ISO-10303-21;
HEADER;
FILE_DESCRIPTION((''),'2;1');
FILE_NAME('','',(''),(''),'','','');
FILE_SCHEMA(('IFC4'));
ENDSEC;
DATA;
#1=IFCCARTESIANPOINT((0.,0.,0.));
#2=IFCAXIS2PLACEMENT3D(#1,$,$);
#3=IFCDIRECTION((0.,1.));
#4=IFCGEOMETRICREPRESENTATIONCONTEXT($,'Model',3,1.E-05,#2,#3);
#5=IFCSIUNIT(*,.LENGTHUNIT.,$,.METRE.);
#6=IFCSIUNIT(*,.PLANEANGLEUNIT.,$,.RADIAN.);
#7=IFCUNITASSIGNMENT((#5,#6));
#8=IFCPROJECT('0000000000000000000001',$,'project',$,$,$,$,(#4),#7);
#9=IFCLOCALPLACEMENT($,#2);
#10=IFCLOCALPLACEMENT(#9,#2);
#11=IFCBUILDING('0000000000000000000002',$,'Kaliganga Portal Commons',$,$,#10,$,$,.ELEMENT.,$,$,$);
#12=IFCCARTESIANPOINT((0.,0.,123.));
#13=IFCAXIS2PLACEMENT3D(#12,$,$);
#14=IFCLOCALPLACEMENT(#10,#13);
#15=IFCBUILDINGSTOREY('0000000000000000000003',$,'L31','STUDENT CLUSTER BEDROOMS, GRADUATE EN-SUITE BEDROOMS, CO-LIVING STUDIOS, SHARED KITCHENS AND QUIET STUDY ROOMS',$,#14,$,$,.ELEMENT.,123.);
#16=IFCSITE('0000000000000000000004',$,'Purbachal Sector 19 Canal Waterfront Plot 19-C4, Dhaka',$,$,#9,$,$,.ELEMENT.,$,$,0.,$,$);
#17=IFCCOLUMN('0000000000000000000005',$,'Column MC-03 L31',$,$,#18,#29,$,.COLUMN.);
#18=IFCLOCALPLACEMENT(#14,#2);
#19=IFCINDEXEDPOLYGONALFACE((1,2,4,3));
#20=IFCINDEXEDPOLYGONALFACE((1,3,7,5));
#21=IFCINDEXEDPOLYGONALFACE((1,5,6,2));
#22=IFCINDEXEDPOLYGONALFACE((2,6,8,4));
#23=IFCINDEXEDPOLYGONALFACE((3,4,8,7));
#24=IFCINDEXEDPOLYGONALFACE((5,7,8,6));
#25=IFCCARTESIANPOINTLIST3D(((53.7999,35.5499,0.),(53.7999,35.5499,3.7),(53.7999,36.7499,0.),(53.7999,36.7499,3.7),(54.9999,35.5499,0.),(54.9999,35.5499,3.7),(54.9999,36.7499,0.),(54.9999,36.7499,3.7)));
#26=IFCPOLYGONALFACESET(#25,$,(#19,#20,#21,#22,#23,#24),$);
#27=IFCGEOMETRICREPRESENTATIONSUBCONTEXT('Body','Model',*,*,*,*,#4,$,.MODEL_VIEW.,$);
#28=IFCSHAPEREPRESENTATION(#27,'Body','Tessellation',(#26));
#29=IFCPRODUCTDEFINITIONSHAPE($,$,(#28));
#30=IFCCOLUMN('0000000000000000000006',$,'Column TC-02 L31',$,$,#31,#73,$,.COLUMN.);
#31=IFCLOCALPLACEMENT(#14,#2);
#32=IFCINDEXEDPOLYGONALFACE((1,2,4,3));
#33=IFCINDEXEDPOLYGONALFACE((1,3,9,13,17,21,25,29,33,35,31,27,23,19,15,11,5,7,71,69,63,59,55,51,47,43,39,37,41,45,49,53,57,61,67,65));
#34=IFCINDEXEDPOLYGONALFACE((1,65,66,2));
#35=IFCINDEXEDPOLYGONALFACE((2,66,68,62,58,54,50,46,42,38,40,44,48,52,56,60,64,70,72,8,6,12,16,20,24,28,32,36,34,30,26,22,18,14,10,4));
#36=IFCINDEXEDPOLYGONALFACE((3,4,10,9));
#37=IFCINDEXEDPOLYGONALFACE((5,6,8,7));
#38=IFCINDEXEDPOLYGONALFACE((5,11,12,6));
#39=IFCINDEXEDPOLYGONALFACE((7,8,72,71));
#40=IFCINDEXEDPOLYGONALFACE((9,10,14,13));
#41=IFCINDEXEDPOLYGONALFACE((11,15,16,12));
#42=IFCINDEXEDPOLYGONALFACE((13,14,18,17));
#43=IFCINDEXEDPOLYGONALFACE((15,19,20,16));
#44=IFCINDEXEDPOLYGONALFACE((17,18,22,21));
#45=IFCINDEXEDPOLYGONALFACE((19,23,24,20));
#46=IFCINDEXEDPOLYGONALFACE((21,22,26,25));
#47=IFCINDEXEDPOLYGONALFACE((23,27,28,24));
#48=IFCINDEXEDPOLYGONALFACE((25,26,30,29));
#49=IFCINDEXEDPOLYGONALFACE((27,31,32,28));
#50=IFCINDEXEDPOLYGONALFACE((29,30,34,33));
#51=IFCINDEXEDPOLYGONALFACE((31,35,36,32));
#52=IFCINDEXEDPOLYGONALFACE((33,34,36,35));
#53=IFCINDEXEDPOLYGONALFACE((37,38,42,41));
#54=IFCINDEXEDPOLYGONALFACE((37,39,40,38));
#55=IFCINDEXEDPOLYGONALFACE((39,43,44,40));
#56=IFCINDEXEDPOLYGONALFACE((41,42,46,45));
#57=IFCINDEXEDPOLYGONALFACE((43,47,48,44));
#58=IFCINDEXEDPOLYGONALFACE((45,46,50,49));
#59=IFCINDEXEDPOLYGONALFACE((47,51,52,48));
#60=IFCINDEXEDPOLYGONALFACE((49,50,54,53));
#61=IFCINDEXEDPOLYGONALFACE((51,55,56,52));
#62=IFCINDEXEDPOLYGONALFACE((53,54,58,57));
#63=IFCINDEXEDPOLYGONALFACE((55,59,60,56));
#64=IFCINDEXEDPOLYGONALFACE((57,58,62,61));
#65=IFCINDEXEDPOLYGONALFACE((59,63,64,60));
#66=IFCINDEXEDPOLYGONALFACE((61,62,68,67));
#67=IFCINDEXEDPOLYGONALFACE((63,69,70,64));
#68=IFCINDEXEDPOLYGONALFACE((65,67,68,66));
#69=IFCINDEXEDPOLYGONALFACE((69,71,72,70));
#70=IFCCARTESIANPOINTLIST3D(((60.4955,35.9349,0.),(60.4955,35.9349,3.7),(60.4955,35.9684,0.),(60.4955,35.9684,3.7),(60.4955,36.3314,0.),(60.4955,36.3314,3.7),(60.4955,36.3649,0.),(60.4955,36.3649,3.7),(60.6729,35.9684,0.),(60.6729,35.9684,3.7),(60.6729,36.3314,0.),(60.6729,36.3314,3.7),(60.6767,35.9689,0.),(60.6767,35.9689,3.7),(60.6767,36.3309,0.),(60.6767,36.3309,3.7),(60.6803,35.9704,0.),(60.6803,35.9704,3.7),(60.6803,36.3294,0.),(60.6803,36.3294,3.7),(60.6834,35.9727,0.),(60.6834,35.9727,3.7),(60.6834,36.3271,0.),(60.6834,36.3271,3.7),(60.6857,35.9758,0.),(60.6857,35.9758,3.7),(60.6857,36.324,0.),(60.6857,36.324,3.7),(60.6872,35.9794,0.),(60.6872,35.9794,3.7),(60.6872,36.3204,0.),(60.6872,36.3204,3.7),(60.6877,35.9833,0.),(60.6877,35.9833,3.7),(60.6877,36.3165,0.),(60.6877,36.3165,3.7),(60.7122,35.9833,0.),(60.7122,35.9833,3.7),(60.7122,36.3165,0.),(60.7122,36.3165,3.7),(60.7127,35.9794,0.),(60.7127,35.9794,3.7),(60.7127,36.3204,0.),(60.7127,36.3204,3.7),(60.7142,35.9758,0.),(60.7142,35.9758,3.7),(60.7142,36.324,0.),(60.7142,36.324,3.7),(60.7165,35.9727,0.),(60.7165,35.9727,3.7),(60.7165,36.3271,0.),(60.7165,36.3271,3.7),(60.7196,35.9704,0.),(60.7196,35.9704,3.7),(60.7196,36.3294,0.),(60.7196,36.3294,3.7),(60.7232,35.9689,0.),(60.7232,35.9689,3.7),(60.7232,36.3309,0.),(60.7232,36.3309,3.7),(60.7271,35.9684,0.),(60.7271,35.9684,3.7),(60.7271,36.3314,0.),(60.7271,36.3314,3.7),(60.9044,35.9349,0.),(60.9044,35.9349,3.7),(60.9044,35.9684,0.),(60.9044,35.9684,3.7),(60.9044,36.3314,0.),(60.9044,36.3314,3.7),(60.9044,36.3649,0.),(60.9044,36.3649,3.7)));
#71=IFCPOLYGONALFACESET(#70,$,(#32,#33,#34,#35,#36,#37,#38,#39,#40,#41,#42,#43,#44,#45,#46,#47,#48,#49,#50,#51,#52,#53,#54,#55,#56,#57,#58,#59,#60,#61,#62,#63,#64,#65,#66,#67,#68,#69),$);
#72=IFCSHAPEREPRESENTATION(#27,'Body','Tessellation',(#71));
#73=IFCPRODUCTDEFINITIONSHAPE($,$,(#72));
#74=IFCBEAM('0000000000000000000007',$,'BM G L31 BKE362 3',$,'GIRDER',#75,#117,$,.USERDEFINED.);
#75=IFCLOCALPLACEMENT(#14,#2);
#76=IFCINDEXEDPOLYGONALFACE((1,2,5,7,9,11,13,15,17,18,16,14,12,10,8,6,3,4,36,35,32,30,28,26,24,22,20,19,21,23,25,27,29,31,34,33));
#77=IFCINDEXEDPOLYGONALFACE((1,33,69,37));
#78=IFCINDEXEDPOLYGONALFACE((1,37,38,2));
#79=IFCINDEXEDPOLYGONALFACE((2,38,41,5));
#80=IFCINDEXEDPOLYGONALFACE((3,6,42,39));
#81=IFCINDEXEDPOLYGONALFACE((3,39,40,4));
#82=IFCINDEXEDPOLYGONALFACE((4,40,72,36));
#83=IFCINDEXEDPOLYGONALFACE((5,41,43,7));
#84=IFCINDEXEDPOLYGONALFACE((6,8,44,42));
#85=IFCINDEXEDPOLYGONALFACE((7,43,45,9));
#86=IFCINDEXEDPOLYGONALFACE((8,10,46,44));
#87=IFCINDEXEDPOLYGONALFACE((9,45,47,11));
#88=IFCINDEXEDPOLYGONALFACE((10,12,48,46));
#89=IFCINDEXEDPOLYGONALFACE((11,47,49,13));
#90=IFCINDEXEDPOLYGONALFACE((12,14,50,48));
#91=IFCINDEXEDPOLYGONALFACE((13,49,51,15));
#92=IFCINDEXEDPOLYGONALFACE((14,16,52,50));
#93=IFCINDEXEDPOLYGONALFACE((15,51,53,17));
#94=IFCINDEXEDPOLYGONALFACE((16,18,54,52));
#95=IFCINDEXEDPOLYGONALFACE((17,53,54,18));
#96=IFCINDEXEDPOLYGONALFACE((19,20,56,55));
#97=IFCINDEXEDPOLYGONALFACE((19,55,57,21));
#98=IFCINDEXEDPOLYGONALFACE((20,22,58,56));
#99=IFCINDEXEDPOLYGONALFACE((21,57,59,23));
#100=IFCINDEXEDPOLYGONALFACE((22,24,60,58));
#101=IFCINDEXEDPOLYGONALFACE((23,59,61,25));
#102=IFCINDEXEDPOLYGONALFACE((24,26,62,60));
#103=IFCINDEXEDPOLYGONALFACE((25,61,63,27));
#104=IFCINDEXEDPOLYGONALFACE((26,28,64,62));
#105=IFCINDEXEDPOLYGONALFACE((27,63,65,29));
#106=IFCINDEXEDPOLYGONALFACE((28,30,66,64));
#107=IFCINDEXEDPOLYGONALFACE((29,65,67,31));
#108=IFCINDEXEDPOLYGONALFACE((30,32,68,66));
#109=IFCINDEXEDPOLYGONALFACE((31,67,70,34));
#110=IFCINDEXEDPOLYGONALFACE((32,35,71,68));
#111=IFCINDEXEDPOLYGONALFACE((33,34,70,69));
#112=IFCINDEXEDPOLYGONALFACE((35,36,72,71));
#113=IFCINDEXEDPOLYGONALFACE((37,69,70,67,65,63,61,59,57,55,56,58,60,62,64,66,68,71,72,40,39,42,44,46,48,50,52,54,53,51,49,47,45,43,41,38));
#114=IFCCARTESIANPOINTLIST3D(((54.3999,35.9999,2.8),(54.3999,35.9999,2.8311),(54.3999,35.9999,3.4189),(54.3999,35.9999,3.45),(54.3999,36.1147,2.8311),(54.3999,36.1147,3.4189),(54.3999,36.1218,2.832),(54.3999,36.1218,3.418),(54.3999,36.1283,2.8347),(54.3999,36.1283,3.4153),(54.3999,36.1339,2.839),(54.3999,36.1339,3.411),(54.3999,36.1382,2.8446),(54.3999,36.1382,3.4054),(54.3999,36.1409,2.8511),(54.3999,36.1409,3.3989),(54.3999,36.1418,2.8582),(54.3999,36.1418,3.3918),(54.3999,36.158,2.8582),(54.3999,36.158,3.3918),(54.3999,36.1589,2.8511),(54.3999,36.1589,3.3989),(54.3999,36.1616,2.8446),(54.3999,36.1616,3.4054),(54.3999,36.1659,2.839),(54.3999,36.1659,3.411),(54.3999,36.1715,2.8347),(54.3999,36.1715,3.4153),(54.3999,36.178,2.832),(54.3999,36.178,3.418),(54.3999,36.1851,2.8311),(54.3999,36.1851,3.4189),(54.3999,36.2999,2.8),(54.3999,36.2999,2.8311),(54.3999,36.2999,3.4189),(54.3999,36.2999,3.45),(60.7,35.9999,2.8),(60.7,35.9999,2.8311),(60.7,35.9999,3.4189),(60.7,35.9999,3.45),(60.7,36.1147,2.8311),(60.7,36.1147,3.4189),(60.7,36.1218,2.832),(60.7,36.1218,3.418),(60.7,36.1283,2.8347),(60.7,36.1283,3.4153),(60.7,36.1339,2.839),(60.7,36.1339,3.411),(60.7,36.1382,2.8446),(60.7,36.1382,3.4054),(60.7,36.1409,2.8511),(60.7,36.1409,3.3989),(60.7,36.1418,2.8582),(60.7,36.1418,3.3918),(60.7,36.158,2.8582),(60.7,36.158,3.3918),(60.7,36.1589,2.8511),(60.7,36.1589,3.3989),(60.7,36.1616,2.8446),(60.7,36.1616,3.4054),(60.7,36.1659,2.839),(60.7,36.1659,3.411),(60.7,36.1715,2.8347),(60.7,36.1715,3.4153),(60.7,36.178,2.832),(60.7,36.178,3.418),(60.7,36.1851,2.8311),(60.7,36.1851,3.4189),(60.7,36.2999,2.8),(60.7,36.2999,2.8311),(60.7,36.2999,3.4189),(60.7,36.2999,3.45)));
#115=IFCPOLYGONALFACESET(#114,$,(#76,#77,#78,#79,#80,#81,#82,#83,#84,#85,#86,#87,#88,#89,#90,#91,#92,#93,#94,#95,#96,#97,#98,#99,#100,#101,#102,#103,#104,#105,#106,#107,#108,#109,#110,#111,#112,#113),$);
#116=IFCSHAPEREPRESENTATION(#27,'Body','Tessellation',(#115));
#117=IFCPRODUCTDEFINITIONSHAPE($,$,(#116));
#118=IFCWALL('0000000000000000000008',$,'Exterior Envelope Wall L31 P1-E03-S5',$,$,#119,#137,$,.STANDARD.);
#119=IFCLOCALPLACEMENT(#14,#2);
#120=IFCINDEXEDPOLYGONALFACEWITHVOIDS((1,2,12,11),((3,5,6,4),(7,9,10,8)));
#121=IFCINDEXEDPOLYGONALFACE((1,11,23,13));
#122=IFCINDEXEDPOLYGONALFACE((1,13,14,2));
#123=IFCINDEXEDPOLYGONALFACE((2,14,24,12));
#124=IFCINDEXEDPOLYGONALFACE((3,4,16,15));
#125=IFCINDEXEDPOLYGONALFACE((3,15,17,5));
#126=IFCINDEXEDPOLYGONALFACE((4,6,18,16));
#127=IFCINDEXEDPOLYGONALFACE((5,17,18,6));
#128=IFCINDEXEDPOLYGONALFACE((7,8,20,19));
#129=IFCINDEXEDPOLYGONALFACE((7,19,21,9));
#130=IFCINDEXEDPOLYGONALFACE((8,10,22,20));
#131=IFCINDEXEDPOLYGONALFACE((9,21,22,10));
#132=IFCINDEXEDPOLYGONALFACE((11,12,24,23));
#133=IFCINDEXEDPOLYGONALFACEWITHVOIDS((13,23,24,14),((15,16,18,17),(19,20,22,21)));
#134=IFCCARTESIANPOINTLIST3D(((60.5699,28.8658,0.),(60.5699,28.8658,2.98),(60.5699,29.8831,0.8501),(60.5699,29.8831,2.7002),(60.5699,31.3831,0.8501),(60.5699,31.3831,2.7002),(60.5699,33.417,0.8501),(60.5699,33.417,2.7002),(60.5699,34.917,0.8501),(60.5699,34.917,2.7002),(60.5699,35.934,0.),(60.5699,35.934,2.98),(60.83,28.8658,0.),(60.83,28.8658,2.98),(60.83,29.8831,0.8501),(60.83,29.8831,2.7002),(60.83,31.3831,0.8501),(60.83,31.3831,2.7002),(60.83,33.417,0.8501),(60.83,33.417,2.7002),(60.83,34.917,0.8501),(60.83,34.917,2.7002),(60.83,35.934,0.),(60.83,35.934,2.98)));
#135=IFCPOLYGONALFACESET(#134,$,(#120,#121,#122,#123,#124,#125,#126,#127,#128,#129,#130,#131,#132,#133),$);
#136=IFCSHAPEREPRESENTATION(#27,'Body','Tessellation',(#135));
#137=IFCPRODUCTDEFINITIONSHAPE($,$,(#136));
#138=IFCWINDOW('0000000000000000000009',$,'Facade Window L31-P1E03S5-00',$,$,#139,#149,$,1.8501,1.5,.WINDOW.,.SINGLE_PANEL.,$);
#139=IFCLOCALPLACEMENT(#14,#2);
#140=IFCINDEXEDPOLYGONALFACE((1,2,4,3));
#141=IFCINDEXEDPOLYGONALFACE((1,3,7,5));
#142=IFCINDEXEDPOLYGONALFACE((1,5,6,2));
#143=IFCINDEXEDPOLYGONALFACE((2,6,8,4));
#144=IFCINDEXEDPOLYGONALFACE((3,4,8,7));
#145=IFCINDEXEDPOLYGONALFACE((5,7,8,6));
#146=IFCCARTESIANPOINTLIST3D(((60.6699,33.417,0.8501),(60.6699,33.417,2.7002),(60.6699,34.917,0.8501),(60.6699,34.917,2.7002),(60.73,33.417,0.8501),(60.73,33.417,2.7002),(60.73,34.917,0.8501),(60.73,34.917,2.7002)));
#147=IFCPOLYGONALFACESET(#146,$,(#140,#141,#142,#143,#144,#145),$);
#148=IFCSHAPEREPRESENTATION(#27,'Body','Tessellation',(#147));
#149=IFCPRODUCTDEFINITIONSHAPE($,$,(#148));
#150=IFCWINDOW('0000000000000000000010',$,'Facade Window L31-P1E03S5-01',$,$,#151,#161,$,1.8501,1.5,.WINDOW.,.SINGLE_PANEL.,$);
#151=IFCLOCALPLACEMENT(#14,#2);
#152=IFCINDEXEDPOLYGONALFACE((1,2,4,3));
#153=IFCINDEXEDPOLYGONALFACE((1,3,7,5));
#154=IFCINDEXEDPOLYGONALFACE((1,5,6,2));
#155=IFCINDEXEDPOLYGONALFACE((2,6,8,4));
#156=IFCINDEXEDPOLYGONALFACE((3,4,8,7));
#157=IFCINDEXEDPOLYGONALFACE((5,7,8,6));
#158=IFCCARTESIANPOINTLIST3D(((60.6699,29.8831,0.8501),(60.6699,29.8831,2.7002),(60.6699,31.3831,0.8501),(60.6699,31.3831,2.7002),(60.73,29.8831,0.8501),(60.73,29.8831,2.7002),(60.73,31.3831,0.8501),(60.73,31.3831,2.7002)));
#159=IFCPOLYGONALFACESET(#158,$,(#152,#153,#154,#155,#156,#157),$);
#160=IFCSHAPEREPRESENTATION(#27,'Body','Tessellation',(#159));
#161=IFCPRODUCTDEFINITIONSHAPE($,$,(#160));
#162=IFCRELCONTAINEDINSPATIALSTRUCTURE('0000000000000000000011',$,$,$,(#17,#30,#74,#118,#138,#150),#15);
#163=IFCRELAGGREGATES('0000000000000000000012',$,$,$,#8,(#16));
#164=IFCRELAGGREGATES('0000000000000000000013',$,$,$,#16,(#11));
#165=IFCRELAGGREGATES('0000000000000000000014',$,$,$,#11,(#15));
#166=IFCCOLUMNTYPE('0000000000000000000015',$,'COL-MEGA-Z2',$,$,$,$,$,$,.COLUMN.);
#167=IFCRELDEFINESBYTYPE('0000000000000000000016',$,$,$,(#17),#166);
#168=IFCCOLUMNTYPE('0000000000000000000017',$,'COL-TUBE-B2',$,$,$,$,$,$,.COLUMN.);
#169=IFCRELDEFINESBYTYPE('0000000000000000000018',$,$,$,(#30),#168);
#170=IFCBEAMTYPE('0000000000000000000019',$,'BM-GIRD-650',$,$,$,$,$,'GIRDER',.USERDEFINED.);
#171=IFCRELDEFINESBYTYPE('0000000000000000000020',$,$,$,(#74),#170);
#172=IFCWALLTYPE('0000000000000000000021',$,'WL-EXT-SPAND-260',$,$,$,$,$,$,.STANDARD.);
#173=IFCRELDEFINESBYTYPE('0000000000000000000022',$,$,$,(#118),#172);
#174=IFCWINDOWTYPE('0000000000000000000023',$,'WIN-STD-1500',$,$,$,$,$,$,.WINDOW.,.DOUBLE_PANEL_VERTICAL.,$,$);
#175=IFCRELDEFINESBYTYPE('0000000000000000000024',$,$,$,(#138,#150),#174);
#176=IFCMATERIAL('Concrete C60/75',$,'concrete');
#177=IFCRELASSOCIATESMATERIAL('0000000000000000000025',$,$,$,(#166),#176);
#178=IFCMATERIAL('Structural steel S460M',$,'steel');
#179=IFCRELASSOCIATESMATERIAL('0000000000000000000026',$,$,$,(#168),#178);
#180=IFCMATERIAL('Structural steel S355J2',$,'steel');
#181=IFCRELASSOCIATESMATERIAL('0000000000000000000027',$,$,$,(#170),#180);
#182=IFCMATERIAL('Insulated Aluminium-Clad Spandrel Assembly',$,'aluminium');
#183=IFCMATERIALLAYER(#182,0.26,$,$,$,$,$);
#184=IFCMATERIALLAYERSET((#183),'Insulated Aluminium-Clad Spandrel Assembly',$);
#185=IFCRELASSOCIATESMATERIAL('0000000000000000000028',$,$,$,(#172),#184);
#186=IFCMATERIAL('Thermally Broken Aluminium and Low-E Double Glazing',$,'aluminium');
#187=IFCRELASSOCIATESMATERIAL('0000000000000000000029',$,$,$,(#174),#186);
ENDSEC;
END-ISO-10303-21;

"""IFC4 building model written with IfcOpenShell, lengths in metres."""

from ifc_helpers import new_model, si_unit, direction, frame, frame_2d, origin, origin_2d, place, context, subcontext, project, spatial, rectangle, i_section, extrude, source, transform, mapped, material, layer, layer_set, material_profile, profile_set, type_object, element, fill, save


model = new_model("IFC4")

# Units and contexts
model_context = context("Model", 3, precision=1e-05, world=origin(), true_north=direction((0.0, 1.0)))
body_context = subcontext(model_context, "Body", "Model", "MODEL_VIEW")
ifc_project = project(units=[si_unit("LENGTHUNIT", "METRE"), si_unit("PLANEANGLEUNIT", "RADIAN")], contexts=[model_context])

# Site, building, storey
site_placement = place(None, origin())
site = spatial("IfcSite", under=ifc_project, at=site_placement, Name="Purbachal Sector 19 Canal Waterfront Plot 19-C4, Dhaka", CompositionType="ELEMENT", RefElevation=0.0)
building_placement = place(site_placement, origin())
building = spatial("IfcBuilding", under=site, at=building_placement, Name="Kaliganga Portal Commons", CompositionType="ELEMENT")
storey_placement = place(building_placement, frame((0.0, 0.0, 123.0)))
storey = spatial("IfcBuildingStorey", under=building, at=storey_placement, Name="L31", Description="STUDENT CLUSTER BEDROOMS, GRADUATE EN-SUITE BEDROOMS, CO-LIVING STUDIOS, SHARED KITCHENS AND QUIET STUDY ROOMS", CompositionType="ELEMENT", Elevation=123.0)

# Columns
ifc_material_1 = material(Name="Concrete C60/75", Category="concrete")
ifc_material_profile_1 = material_profile(ifc_material_1, rectangle(XDim=1.2, YDim=1.2, at=origin_2d()), Name="RC 1200x1200")
ifc_profile_set_1 = profile_set([ifc_material_profile_1], Name="Concrete C60/75")
column_type_1 = type_object("IfcColumnType", Name="COL-MEGA-Z2", PredefinedType="COLUMN", material=ifc_profile_set_1)
shared_shape_1 = source(origin(), body_context, "Body", "SweptSolid", [
    extrude(rectangle(XDim=1.2, YDim=1.2, at=origin_2d()), origin(), (0.0, 0.0, 1.0), 3.7),
])
column_1_placement = place(storey_placement, frame((54.3999, 36.1499, 0.0), z_axis=(0.0, 0.0, 1.0), x_axis=(1.0, 0.0, 0.0)))
element("IfcColumn", 1, at=column_1_placement, inside=storey, type_object=column_type_1, Name="Column MC-03 L31", PredefinedType="COLUMN", context=body_context, shape_type="MappedRepresentation", body=[
    mapped(shared_shape_1, transform((0.0, 0.0, 0.0), x_axis=(1.0, 0.0, 0.0), y_axis=(0.0, 1.0, 0.0), z_axis=(0.0, 0.0, 1.0), scale=1.0)),
])
ifc_material_2 = material(Name="Structural steel S460M", Category="steel")
ifc_material_profile_2 = material_profile(ifc_material_2, i_section(OverallWidth=0.4089, OverallDepth=0.4299, WebThickness=0.0244, FlangeThickness=0.0334, FilletRadius=0.0149, at=origin_2d()), Name="HD 400x421")
ifc_profile_set_2 = profile_set([ifc_material_profile_2], Name="Structural steel S460M wide-flange")
column_type_2 = type_object("IfcColumnType", Name="COL-TUBE-B2", PredefinedType="COLUMN", material=ifc_profile_set_2)
shared_shape_2 = source(origin(), body_context, "Body", "SweptSolid", [
    extrude(i_section(OverallWidth=0.4089, OverallDepth=0.4299, WebThickness=0.0244, FlangeThickness=0.0334, FilletRadius=0.0149, at=origin_2d()), origin(), (0.0, 0.0, 1.0), 3.7),
])
column_2_placement = place(storey_placement, frame((60.7, 36.1499, 0.0), z_axis=(0.0, 0.0, 1.0), x_axis=(1.0, 0.0, 0.0)))
element("IfcColumn", 2, at=column_2_placement, inside=storey, type_object=column_type_2, Name="Column TC-02 L31", PredefinedType="COLUMN", context=body_context, shape_type="MappedRepresentation", body=[
    mapped(shared_shape_2, transform((0.0, 0.0, 0.0), x_axis=(1.0, 0.0, 0.0), y_axis=(0.0, 1.0, 0.0), z_axis=(0.0, 0.0, 1.0), scale=1.0)),
])

# Beam
ifc_material_3 = material(Name="Structural steel S355J2", Category="steel")
ifc_material_profile_3 = material_profile(ifc_material_3, i_section(OverallWidth=0.3, OverallDepth=0.6499, WebThickness=0.0161, FlangeThickness=0.031, FilletRadius=0.0271, at=origin_2d()), Name="HE 650 B")
ifc_profile_set_3 = profile_set([ifc_material_profile_3], Name="Structural steel S355J2 wide-flange")
beam_type = type_object("IfcBeamType", Name="BM-GIRD-650", ElementType="GIRDER", PredefinedType="USERDEFINED", material=ifc_profile_set_3)
shared_shape_3 = source(origin(), body_context, "Body", "SweptSolid", [
    extrude(i_section(OverallWidth=0.3, OverallDepth=0.6499, WebThickness=0.0161, FlangeThickness=0.031, FilletRadius=0.0271, at=origin_2d()), origin(), (0.0, 0.0, 1.0), 6.3),
])
beam_placement = place(storey_placement, frame((54.3999, 36.1499, 3.125), z_axis=(1.0, 0.0, 0.0), x_axis=(0.0, 1.0, 0.0)))
element("IfcBeam", 3, at=beam_placement, inside=storey, type_object=beam_type, Name="BM G L31 BKE362 3", ObjectType="GIRDER", PredefinedType="USERDEFINED", context=body_context, shape_type="MappedRepresentation", body=[
    mapped(shared_shape_3, transform((0.0, 0.0, 0.0), x_axis=(1.0, 0.0, 0.0), y_axis=(0.0, 1.0, 0.0), z_axis=(0.0, 0.0, 1.0), scale=1.0)),
])

# Wall, openings, windows
ifc_material_4 = material(Name="Insulated Aluminium-Clad Spandrel Assembly", Category="aluminium")
ifc_layer_1 = layer(ifc_material_4, 0.26)
ifc_layer_set_1 = layer_set([ifc_layer_1], Name="Insulated Aluminium-Clad Spandrel Assembly")
wall_type_1 = type_object("IfcWallType", Name="WL-EXT-SPAND-260", PredefinedType="STANDARD", material=ifc_layer_set_1)
wall_1_placement = place(storey_placement, frame((60.7, 35.9341, 0.0), z_axis=(0.0, 0.0, 1.0), x_axis=(0.0, -1.0, 0.0)))
wall_1 = element("IfcWall", 4, at=wall_1_placement, inside=storey, type_object=wall_type_1, Name="Exterior Envelope Wall L31 P1-E03-S5", PredefinedType="STANDARD", context=body_context, shape_type="SweptSolid", body=[
    extrude(rectangle(XDim=7.0681, YDim=0.26, at=frame_2d((3.5342, 0.0))), origin(), (0.0, 0.0, 1.0), 2.98),
])
opening_1_placement = place(wall_1_placement, frame((1.0171, 0.0, 0.8501)))
opening_1 = element("IfcOpeningElement", 5, at=opening_1_placement, cuts=wall_1, PredefinedType="OPENING", context=body_context, shape_type="SweptSolid", body=[
    extrude(rectangle(XDim=1.5, YDim=1.8501, at=frame_2d((0.75, 0.925))), frame((0.0, 0.1401, 0.0), z_axis=(0.0, -1.0, 0.0), x_axis=(1.0, 0.0, 0.0)), (0.0, 0.0, 1.0), 0.28),
])
opening_2_placement = place(wall_1_placement, frame((4.551, 0.0, 0.8501)))
opening_2 = element("IfcOpeningElement", 6, at=opening_2_placement, cuts=wall_1, PredefinedType="OPENING", context=body_context, shape_type="SweptSolid", body=[
    extrude(rectangle(XDim=1.5, YDim=1.8501, at=frame_2d((0.75, 0.925))), frame((0.0, 0.1401, 0.0), z_axis=(0.0, -1.0, 0.0), x_axis=(1.0, 0.0, 0.0)), (0.0, 0.0, 1.0), 0.28),
])
ifc_material_5 = material(Name="Thermally Broken Aluminium and Low-E Double Glazing", Category="aluminium")
window_type_1 = type_object("IfcWindowType", Name="WIN-STD-1500", PartitioningType="DOUBLE_PANEL_VERTICAL", PredefinedType="WINDOW", material=ifc_material_5)
window_1_placement = place(opening_1_placement, origin())
window_1 = element("IfcWindow", 7, at=window_1_placement, inside=storey, type_object=window_type_1, Name="Facade Window L31-P1E03S5-00", OverallHeight=1.8501, OverallWidth=1.5, PartitioningType="SINGLE_PANEL", PredefinedType="WINDOW", context=body_context, shape_type="SweptSolid", body=[
    extrude(rectangle(XDim=1.5, YDim=1.8501, at=frame_2d((0.75, 0.925))), frame((0.0, 0.03, 0.0), z_axis=(0.0, -1.0, 0.0), x_axis=(1.0, 0.0, 0.0)), (0.0, 0.0, 1.0), 0.0601),
])
fill(opening_1, window_1)
window_2_placement = place(opening_2_placement, origin())
window_2 = element("IfcWindow", 8, at=window_2_placement, inside=storey, type_object=window_type_1, Name="Facade Window L31-P1E03S5-01", OverallHeight=1.8501, OverallWidth=1.5, PartitioningType="SINGLE_PANEL", PredefinedType="WINDOW", context=body_context, shape_type="SweptSolid", body=[
    extrude(rectangle(XDim=1.5, YDim=1.8501, at=frame_2d((0.75, 0.925))), frame((0.0, 0.03, 0.0), z_axis=(0.0, -1.0, 0.0), x_axis=(1.0, 0.0, 0.0)), (0.0, 0.0, 1.0), 0.0601),
])
fill(opening_2, window_2)

save(model, "model.ifc")
